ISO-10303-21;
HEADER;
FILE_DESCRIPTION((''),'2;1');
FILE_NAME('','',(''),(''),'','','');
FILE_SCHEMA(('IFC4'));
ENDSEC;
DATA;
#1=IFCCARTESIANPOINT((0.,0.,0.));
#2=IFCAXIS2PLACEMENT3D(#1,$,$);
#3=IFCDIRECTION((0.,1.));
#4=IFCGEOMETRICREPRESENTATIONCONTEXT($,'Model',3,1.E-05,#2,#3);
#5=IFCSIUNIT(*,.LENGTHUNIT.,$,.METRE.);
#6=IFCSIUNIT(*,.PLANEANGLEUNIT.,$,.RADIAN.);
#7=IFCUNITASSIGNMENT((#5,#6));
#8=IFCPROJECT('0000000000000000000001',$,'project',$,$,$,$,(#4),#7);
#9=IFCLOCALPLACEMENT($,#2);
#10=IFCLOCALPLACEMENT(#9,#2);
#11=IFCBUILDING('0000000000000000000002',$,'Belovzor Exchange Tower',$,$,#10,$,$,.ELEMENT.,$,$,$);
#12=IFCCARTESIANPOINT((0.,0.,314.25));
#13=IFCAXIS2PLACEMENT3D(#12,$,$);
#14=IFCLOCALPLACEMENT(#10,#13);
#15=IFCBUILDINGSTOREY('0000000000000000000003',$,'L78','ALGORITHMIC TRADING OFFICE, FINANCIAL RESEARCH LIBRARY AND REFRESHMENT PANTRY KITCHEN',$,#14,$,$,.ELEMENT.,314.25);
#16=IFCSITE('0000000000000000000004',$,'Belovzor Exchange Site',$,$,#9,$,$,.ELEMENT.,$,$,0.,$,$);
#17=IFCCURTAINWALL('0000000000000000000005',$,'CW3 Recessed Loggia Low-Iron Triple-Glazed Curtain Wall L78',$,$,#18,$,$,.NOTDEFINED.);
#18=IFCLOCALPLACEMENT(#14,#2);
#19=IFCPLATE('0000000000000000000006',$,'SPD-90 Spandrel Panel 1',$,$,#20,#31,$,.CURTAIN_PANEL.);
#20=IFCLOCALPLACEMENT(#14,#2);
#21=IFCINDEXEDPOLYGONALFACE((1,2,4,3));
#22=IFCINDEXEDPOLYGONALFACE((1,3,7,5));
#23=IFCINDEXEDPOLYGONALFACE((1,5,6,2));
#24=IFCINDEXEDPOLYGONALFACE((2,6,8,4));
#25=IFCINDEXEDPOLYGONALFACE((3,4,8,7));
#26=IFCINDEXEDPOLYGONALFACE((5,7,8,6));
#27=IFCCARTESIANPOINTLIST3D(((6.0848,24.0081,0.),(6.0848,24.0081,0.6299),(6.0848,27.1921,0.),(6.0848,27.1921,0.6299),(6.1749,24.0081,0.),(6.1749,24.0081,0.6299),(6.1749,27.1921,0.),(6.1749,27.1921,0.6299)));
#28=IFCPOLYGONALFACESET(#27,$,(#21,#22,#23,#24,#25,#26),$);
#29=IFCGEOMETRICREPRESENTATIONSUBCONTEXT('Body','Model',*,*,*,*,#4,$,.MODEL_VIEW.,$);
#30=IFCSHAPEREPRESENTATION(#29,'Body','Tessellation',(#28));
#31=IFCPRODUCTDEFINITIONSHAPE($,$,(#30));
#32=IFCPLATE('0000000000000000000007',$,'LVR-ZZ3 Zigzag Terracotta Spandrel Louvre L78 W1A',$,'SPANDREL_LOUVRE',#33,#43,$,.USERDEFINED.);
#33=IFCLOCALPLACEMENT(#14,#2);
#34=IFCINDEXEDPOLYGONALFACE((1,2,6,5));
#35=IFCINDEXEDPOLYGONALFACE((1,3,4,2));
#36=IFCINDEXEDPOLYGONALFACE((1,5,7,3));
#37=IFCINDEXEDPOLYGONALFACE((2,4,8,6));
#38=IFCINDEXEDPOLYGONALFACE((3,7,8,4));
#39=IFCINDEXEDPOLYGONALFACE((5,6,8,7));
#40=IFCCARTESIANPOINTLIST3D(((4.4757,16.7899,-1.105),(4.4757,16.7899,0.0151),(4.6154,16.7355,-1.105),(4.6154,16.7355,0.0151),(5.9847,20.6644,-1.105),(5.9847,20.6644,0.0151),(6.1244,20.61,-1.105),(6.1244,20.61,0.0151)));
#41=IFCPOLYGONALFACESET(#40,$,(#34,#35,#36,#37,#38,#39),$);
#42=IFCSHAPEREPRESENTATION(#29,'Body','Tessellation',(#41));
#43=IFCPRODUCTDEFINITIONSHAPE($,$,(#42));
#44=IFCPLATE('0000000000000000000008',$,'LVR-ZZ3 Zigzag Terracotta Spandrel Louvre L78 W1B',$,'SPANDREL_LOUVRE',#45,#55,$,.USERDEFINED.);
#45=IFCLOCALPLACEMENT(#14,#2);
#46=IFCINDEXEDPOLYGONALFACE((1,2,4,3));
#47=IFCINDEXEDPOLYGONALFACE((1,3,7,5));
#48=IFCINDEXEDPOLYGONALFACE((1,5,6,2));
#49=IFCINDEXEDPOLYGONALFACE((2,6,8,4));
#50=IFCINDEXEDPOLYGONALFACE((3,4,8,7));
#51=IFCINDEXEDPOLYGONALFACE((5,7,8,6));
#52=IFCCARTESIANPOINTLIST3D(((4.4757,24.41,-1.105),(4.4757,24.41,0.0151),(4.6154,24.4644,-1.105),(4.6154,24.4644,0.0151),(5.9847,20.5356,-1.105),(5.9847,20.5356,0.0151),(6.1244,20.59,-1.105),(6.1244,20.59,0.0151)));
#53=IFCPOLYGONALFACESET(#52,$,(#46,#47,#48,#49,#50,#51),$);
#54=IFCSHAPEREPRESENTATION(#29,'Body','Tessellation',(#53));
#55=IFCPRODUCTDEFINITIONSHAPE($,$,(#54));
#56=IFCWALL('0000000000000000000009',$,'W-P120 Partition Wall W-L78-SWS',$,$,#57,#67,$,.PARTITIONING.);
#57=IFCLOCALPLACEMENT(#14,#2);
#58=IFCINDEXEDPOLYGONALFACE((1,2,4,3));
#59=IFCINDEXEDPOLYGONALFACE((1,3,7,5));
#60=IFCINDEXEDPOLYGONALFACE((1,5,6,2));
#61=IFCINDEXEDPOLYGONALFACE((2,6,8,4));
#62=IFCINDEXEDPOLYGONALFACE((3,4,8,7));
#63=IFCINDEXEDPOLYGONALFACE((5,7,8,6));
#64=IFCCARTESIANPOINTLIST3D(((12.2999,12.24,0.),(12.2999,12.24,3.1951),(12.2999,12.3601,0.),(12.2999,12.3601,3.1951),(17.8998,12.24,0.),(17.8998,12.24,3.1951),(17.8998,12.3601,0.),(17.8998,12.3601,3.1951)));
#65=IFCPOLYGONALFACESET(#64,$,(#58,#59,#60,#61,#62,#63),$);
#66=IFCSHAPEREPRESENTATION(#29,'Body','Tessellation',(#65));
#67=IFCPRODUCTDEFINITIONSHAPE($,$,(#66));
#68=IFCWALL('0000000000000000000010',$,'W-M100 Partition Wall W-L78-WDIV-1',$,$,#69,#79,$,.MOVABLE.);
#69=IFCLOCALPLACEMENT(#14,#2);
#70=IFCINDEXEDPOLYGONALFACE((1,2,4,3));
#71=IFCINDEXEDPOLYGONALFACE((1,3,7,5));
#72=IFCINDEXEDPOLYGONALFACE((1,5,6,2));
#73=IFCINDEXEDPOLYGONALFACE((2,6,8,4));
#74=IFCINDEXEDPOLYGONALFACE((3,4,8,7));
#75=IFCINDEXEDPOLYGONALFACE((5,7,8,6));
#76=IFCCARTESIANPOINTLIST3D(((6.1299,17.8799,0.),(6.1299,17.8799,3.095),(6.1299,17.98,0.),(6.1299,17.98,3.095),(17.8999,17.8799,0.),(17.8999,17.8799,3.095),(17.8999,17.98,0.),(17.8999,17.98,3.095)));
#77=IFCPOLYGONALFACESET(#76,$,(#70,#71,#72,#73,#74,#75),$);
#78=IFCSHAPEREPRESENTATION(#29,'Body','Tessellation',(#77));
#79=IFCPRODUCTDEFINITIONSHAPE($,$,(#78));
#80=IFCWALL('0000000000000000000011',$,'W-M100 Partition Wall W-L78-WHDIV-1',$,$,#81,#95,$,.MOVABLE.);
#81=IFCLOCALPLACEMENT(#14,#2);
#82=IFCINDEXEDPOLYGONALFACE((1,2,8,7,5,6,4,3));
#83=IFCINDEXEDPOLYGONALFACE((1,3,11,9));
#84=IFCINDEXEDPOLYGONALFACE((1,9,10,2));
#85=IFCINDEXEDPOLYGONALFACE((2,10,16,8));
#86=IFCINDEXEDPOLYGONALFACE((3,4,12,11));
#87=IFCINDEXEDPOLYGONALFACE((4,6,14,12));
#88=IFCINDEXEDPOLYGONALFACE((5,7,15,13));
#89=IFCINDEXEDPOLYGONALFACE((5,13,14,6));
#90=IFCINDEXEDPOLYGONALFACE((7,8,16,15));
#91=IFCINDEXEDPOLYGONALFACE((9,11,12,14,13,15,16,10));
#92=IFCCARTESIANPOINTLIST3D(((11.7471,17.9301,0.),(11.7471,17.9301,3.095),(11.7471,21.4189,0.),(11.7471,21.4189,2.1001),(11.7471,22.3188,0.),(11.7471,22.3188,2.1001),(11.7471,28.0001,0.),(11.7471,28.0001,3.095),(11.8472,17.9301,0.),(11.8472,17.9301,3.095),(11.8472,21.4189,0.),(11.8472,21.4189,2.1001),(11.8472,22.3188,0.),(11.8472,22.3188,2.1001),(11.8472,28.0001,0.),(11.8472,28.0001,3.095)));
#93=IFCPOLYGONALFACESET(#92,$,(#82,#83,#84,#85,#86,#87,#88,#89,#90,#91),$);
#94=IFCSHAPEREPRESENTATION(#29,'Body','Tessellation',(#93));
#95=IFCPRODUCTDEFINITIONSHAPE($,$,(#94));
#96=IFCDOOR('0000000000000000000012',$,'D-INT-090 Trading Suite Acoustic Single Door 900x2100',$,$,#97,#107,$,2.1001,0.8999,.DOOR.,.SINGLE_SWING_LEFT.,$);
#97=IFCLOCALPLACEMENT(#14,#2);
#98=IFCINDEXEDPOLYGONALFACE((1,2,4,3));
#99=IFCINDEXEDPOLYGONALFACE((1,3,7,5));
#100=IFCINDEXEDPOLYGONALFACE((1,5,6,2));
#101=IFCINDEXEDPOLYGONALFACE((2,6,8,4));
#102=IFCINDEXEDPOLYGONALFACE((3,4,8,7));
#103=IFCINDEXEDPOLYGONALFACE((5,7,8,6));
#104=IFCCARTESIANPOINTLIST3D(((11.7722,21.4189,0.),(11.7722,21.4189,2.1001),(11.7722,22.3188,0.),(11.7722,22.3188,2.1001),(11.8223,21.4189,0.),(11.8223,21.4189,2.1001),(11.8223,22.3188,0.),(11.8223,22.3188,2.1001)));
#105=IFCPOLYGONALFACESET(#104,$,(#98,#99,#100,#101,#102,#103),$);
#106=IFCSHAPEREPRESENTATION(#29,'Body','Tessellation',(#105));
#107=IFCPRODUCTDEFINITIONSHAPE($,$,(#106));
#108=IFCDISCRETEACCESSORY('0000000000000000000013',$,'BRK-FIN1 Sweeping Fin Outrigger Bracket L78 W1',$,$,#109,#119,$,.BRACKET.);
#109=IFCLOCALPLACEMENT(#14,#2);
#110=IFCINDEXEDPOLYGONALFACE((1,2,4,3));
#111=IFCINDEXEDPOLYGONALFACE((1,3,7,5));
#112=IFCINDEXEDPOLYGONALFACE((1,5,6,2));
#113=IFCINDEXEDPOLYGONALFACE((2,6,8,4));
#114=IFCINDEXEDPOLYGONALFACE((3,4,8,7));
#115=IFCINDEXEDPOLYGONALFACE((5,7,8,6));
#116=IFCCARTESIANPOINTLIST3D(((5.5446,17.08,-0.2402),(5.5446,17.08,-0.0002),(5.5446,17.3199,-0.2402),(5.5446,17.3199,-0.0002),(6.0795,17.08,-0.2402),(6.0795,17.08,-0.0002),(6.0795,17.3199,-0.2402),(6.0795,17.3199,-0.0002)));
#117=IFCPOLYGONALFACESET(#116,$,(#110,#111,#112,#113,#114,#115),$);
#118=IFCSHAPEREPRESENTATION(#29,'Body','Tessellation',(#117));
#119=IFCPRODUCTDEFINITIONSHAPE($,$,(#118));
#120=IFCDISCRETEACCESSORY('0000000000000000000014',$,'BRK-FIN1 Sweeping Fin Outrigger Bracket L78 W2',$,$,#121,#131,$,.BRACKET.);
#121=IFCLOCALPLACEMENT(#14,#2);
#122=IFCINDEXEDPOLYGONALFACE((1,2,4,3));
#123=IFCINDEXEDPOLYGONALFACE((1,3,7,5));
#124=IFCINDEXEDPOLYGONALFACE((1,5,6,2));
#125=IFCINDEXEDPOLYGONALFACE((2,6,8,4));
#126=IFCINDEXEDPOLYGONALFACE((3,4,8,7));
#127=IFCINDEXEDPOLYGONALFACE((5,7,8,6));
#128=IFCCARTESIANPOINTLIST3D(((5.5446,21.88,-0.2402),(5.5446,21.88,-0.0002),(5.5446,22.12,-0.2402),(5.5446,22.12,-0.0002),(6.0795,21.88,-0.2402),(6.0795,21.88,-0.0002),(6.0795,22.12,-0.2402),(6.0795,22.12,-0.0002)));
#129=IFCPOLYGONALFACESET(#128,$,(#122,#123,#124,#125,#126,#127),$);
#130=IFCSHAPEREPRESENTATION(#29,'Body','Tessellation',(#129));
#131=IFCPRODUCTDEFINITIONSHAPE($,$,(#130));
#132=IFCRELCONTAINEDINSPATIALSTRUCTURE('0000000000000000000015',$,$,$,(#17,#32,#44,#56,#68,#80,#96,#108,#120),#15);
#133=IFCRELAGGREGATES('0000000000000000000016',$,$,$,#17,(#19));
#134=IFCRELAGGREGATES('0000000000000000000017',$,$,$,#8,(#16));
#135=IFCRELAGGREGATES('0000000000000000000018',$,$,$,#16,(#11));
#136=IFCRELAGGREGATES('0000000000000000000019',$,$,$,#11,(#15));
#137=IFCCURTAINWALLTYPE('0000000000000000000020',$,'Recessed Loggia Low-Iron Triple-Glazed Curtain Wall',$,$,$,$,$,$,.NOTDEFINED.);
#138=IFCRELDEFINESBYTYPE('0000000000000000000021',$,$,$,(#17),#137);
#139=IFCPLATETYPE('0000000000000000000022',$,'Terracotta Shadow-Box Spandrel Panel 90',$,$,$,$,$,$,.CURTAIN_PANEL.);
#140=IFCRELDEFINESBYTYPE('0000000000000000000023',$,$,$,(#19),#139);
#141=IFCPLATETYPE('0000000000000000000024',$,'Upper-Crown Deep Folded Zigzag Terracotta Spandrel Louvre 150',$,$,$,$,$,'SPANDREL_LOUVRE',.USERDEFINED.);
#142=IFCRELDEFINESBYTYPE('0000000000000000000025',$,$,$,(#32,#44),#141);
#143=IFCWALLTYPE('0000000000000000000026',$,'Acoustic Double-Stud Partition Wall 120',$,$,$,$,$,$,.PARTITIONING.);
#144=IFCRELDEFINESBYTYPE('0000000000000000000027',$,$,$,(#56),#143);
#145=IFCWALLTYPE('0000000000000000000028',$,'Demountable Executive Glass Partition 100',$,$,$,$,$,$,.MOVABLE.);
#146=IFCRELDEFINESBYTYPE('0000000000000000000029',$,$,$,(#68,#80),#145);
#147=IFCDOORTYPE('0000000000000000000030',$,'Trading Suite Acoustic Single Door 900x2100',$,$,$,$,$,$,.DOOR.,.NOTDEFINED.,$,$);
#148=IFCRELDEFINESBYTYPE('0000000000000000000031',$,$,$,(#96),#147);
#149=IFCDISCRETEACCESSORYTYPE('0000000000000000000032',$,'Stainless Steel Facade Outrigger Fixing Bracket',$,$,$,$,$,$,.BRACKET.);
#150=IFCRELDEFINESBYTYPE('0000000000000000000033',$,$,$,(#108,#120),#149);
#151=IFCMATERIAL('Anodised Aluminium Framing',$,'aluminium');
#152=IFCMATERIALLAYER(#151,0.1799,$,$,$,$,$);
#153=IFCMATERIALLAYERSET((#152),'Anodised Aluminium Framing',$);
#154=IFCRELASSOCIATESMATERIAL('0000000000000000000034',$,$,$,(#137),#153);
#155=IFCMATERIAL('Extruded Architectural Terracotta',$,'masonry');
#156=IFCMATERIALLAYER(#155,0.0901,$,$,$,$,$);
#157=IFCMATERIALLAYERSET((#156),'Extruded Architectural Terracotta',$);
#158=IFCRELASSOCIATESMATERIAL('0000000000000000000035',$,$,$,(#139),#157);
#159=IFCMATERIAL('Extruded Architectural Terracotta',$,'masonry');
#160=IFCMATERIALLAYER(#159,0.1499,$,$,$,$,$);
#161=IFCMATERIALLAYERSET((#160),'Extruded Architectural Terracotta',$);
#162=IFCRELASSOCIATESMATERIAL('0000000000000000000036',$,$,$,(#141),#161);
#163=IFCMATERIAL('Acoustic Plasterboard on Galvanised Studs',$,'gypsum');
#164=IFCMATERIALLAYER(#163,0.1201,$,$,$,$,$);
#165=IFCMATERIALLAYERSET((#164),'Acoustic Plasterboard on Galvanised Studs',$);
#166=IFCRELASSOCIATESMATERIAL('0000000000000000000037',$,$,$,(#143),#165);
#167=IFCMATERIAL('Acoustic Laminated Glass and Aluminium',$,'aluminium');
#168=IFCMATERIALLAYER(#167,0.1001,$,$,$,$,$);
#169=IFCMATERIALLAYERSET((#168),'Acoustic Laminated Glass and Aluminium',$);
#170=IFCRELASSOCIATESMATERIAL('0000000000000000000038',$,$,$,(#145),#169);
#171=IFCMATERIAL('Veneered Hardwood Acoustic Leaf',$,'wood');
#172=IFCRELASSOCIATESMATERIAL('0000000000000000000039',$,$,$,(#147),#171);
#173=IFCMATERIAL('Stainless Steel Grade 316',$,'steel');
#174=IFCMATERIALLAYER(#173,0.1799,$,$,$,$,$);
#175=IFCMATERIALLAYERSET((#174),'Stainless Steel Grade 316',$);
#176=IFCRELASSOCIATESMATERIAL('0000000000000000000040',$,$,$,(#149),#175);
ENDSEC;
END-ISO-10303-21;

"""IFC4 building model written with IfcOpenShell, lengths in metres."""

from ifc_helpers import new_model, si_unit, direction, frame, frame_2d, origin, origin_2d, place, context, subcontext, project, spatial, rectangle, extrude, material, layer, layer_set, type_object, element, fill, aggregate, save


model = new_model("IFC4")

# Units and contexts
model_context = context("Model", 3, precision=1e-05, world=origin(), true_north=direction((0.0, 1.0)))
body_context = subcontext(model_context, "Body", "Model", "MODEL_VIEW")
ifc_project = project(units=[si_unit("LENGTHUNIT", "METRE"), si_unit("PLANEANGLEUNIT", "RADIAN")], contexts=[model_context])

# Site, building, storey
site_placement = place(None, origin())
site = spatial("IfcSite", under=ifc_project, at=site_placement, Name="Belovzor Exchange Site", CompositionType="ELEMENT", RefElevation=0.0)
building_placement = place(site_placement, origin())
building = spatial("IfcBuilding", under=site, at=building_placement, Name="Belovzor Exchange Tower", CompositionType="ELEMENT")
storey_placement = place(building_placement, frame((0.0, 0.0, 314.25)))
storey = spatial("IfcBuildingStorey", under=building, at=storey_placement, Name="L78", Description="ALGORITHMIC TRADING OFFICE, FINANCIAL RESEARCH LIBRARY AND REFRESHMENT PANTRY KITCHEN", CompositionType="ELEMENT", Elevation=314.25)

# Curtain wall
ifc_material_1 = material(Name="Anodised Aluminium Framing", Category="aluminium")
ifc_layer_1 = layer(ifc_material_1, 0.1799)
ifc_layer_set_1 = layer_set([ifc_layer_1], Name="Anodised Aluminium Framing")
curtain_wall_type = type_object("IfcCurtainWallType", Name="Recessed Loggia Low-Iron Triple-Glazed Curtain Wall", PredefinedType="NOTDEFINED", material=ifc_layer_set_1)
curtain_wall_placement = place(storey_placement, origin())
curtain_wall = element("IfcCurtainWall", 1, at=curtain_wall_placement, inside=storey, type_object=curtain_wall_type, Name="CW3 Recessed Loggia Low-Iron Triple-Glazed Curtain Wall L78", PredefinedType="NOTDEFINED")

# Plate
ifc_material_2 = material(Name="Extruded Architectural Terracotta", Category="masonry")
ifc_layer_2 = layer(ifc_material_2, 0.0901)
ifc_layer_set_2 = layer_set([ifc_layer_2], Name="Extruded Architectural Terracotta")
plate_type_1 = type_object("IfcPlateType", Name="Terracotta Shadow-Box Spandrel Panel 90", PredefinedType="CURTAIN_PANEL", material=ifc_layer_set_2)
plate_1_placement = place(storey_placement, frame((6.1299, 25.6001, 0.0), z_axis=(0.0, 0.0, 1.0), x_axis=(0.0, 1.0, 0.0)))
plate_1 = element("IfcPlate", 2, at=plate_1_placement, type_object=plate_type_1, Name="SPD-90 Spandrel Panel 1", PredefinedType="CURTAIN_PANEL", context=body_context, shape_type="SweptSolid", body=[
    extrude(rectangle(XDim=3.1841, YDim=0.0901, at=origin_2d()), origin(), (0.0, 0.0, 1.0), 0.6299),
])
aggregate(curtain_wall, [plate_1])

# Plates
ifc_material_3 = material(Name="Extruded Architectural Terracotta", Category="masonry")
ifc_layer_3 = layer(ifc_material_3, 0.1499)
ifc_layer_set_3 = layer_set([ifc_layer_3], Name="Extruded Architectural Terracotta")
plate_type_2 = type_object("IfcPlateType", Name="Upper-Crown Deep Folded Zigzag Terracotta Spandrel Louvre 150", ElementType="SPANDREL_LOUVRE", PredefinedType="USERDEFINED", material=ifc_layer_set_3)
for number, where, z_axis, x_axis, name in (
    (3, (5.3, 18.7, -1.105), (0.0, 0.0, 1.0), (0.362926, 0.931818, 0.0), "LVR-ZZ3 Zigzag Terracotta Spandrel Louvre L78 W1A"),
    (4, (5.3, 22.5, -1.105), (0.0, 0.0, 1.0), (-0.362926, 0.931818, 0.0), "LVR-ZZ3 Zigzag Terracotta Spandrel Louvre L78 W1B"),
):
    element("IfcPlate", number, at=place(storey_placement, frame(where, z_axis=z_axis, x_axis=x_axis)), inside=storey, type_object=plate_type_2, Name=name, ObjectType="SPANDREL_LOUVRE", PredefinedType="USERDEFINED", context=body_context, shape_type="SweptSolid", body=[
        extrude(rectangle(XDim=4.158, YDim=0.1499, at=origin_2d()), origin(), (0.0, 0.0, 1.0), 1.1201),
    ])

# Walls
ifc_material_4 = material(Name="Acoustic Plasterboard on Galvanised Studs", Category="gypsum")
ifc_layer_4 = layer(ifc_material_4, 0.1201)
ifc_layer_set_4 = layer_set([ifc_layer_4], Name="Acoustic Plasterboard on Galvanised Studs")
wall_type_1 = type_object("IfcWallType", Name="Acoustic Double-Stud Partition Wall 120", PredefinedType="PARTITIONING", material=ifc_layer_set_4)
wall_1_placement = place(storey_placement, frame((12.3, 12.3, 0.0), z_axis=(0.0, 0.0, 1.0), x_axis=(1.0, 0.0, 0.0)))
element("IfcWall", 5, at=wall_1_placement, inside=storey, type_object=wall_type_1, Name="W-P120 Partition Wall W-L78-SWS", PredefinedType="PARTITIONING", context=body_context, shape_type="SweptSolid", body=[
    extrude(rectangle(XDim=5.5999, YDim=0.1201, at=frame_2d((2.7998, 0.0))), origin(), (0.0, 0.0, 1.0), 3.1951),
])
ifc_material_5 = material(Name="Acoustic Laminated Glass and Aluminium", Category="aluminium")
ifc_layer_5 = layer(ifc_material_5, 0.1001)
ifc_layer_set_5 = layer_set([ifc_layer_5], Name="Acoustic Laminated Glass and Aluminium")
wall_type_2 = type_object("IfcWallType", Name="Demountable Executive Glass Partition 100", PredefinedType="MOVABLE", material=ifc_layer_set_5)
wall_2_placement = place(storey_placement, frame((6.1299, 17.9299, 0.0), z_axis=(0.0, 0.0, 1.0), x_axis=(1.0, 0.0, 0.0)))
element("IfcWall", 6, at=wall_2_placement, inside=storey, type_object=wall_type_2, Name="W-M100 Partition Wall W-L78-WDIV-1", PredefinedType="MOVABLE", context=body_context, shape_type="SweptSolid", body=[
    extrude(rectangle(XDim=11.77, YDim=0.1001, at=frame_2d((5.885, 0.0))), origin(), (0.0, 0.0, 1.0), 3.095),
])

# Wall, opening, door
wall_3_placement = place(storey_placement, frame((11.7971, 17.9299, 0.0), z_axis=(0.0, 0.0, 1.0), x_axis=(0.0, 1.0, 0.0)))
wall_3 = element("IfcWall", 7, at=wall_3_placement, inside=storey, type_object=wall_type_2, Name="W-M100 Partition Wall W-L78-WHDIV-1", PredefinedType="MOVABLE", context=body_context, shape_type="SweptSolid", body=[
    extrude(rectangle(XDim=10.0701, YDim=0.1001, at=frame_2d((5.0352, 0.0))), origin(), (0.0, 0.0, 1.0), 3.095),
])
opening_placement = place(wall_3_placement, frame((3.489, 0.0, 0.0)))
opening = element("IfcOpeningElement", 8, at=opening_placement, cuts=wall_3, PredefinedType="OPENING", context=body_context, shape_type="SweptSolid", body=[
    extrude(rectangle(XDim=0.8999, YDim=2.1001, at=frame_2d((0.45, 1.05))), frame((0.0, 0.0601, 0.0), z_axis=(0.0, -1.0, 0.0), x_axis=(1.0, 0.0, 0.0)), (0.0, 0.0, 1.0), 0.1201),
])
ifc_material_6 = material(Name="Veneered Hardwood Acoustic Leaf", Category="wood")
door_type = type_object("IfcDoorType", Name="Trading Suite Acoustic Single Door 900x2100", OperationType="NOTDEFINED", PredefinedType="DOOR", material=ifc_material_6)
door_placement = place(opening_placement, origin())
door = element("IfcDoor", 9, at=door_placement, inside=storey, type_object=door_type, Name="D-INT-090 Trading Suite Acoustic Single Door 900x2100", OperationType="SINGLE_SWING_LEFT", OverallHeight=2.1001, OverallWidth=0.8999, PredefinedType="DOOR", context=body_context, shape_type="SweptSolid", body=[
    extrude(rectangle(XDim=0.8999, YDim=2.1001, at=frame_2d((0.45, 1.05))), frame((0.0, 0.0249, 0.0), z_axis=(0.0, -1.0, 0.0), x_axis=(1.0, 0.0, 0.0)), (0.0, 0.0, 1.0), 0.05),
])
fill(opening, door)

# Discrete accessories
ifc_material_7 = material(Name="Stainless Steel Grade 316", Category="steel")
ifc_layer_6 = layer(ifc_material_7, 0.1799)
ifc_layer_set_6 = layer_set([ifc_layer_6], Name="Stainless Steel Grade 316")
discrete_accessory_type = type_object("IfcDiscreteAccessoryType", Name="Stainless Steel Facade Outrigger Fixing Bracket", PredefinedType="BRACKET", material=ifc_layer_set_6)
for number, where, z_axis, x_axis, name in (
    (10, (5.812, 17.2, -0.2402), (0.0, 0.0, 1.0), (1.0, 0.0, 0.0), "BRK-FIN1 Sweeping Fin Outrigger Bracket L78 W1"),
    (11, (5.812, 22.0, -0.2402), (0.0, 0.0, 1.0), (1.0, 0.0, 0.0), "BRK-FIN1 Sweeping Fin Outrigger Bracket L78 W2"),
):
    element("IfcDiscreteAccessory", number, at=place(storey_placement, frame(where, z_axis=z_axis, x_axis=x_axis)), inside=storey, type_object=discrete_accessory_type, Name=name, PredefinedType="BRACKET", context=body_context, shape_type="SweptSolid", body=[
        extrude(rectangle(XDim=0.5349, YDim=0.24, at=origin_2d()), origin(), (0.0, 0.0, 1.0), 0.24),
    ])

save(model, "model.ifc")
